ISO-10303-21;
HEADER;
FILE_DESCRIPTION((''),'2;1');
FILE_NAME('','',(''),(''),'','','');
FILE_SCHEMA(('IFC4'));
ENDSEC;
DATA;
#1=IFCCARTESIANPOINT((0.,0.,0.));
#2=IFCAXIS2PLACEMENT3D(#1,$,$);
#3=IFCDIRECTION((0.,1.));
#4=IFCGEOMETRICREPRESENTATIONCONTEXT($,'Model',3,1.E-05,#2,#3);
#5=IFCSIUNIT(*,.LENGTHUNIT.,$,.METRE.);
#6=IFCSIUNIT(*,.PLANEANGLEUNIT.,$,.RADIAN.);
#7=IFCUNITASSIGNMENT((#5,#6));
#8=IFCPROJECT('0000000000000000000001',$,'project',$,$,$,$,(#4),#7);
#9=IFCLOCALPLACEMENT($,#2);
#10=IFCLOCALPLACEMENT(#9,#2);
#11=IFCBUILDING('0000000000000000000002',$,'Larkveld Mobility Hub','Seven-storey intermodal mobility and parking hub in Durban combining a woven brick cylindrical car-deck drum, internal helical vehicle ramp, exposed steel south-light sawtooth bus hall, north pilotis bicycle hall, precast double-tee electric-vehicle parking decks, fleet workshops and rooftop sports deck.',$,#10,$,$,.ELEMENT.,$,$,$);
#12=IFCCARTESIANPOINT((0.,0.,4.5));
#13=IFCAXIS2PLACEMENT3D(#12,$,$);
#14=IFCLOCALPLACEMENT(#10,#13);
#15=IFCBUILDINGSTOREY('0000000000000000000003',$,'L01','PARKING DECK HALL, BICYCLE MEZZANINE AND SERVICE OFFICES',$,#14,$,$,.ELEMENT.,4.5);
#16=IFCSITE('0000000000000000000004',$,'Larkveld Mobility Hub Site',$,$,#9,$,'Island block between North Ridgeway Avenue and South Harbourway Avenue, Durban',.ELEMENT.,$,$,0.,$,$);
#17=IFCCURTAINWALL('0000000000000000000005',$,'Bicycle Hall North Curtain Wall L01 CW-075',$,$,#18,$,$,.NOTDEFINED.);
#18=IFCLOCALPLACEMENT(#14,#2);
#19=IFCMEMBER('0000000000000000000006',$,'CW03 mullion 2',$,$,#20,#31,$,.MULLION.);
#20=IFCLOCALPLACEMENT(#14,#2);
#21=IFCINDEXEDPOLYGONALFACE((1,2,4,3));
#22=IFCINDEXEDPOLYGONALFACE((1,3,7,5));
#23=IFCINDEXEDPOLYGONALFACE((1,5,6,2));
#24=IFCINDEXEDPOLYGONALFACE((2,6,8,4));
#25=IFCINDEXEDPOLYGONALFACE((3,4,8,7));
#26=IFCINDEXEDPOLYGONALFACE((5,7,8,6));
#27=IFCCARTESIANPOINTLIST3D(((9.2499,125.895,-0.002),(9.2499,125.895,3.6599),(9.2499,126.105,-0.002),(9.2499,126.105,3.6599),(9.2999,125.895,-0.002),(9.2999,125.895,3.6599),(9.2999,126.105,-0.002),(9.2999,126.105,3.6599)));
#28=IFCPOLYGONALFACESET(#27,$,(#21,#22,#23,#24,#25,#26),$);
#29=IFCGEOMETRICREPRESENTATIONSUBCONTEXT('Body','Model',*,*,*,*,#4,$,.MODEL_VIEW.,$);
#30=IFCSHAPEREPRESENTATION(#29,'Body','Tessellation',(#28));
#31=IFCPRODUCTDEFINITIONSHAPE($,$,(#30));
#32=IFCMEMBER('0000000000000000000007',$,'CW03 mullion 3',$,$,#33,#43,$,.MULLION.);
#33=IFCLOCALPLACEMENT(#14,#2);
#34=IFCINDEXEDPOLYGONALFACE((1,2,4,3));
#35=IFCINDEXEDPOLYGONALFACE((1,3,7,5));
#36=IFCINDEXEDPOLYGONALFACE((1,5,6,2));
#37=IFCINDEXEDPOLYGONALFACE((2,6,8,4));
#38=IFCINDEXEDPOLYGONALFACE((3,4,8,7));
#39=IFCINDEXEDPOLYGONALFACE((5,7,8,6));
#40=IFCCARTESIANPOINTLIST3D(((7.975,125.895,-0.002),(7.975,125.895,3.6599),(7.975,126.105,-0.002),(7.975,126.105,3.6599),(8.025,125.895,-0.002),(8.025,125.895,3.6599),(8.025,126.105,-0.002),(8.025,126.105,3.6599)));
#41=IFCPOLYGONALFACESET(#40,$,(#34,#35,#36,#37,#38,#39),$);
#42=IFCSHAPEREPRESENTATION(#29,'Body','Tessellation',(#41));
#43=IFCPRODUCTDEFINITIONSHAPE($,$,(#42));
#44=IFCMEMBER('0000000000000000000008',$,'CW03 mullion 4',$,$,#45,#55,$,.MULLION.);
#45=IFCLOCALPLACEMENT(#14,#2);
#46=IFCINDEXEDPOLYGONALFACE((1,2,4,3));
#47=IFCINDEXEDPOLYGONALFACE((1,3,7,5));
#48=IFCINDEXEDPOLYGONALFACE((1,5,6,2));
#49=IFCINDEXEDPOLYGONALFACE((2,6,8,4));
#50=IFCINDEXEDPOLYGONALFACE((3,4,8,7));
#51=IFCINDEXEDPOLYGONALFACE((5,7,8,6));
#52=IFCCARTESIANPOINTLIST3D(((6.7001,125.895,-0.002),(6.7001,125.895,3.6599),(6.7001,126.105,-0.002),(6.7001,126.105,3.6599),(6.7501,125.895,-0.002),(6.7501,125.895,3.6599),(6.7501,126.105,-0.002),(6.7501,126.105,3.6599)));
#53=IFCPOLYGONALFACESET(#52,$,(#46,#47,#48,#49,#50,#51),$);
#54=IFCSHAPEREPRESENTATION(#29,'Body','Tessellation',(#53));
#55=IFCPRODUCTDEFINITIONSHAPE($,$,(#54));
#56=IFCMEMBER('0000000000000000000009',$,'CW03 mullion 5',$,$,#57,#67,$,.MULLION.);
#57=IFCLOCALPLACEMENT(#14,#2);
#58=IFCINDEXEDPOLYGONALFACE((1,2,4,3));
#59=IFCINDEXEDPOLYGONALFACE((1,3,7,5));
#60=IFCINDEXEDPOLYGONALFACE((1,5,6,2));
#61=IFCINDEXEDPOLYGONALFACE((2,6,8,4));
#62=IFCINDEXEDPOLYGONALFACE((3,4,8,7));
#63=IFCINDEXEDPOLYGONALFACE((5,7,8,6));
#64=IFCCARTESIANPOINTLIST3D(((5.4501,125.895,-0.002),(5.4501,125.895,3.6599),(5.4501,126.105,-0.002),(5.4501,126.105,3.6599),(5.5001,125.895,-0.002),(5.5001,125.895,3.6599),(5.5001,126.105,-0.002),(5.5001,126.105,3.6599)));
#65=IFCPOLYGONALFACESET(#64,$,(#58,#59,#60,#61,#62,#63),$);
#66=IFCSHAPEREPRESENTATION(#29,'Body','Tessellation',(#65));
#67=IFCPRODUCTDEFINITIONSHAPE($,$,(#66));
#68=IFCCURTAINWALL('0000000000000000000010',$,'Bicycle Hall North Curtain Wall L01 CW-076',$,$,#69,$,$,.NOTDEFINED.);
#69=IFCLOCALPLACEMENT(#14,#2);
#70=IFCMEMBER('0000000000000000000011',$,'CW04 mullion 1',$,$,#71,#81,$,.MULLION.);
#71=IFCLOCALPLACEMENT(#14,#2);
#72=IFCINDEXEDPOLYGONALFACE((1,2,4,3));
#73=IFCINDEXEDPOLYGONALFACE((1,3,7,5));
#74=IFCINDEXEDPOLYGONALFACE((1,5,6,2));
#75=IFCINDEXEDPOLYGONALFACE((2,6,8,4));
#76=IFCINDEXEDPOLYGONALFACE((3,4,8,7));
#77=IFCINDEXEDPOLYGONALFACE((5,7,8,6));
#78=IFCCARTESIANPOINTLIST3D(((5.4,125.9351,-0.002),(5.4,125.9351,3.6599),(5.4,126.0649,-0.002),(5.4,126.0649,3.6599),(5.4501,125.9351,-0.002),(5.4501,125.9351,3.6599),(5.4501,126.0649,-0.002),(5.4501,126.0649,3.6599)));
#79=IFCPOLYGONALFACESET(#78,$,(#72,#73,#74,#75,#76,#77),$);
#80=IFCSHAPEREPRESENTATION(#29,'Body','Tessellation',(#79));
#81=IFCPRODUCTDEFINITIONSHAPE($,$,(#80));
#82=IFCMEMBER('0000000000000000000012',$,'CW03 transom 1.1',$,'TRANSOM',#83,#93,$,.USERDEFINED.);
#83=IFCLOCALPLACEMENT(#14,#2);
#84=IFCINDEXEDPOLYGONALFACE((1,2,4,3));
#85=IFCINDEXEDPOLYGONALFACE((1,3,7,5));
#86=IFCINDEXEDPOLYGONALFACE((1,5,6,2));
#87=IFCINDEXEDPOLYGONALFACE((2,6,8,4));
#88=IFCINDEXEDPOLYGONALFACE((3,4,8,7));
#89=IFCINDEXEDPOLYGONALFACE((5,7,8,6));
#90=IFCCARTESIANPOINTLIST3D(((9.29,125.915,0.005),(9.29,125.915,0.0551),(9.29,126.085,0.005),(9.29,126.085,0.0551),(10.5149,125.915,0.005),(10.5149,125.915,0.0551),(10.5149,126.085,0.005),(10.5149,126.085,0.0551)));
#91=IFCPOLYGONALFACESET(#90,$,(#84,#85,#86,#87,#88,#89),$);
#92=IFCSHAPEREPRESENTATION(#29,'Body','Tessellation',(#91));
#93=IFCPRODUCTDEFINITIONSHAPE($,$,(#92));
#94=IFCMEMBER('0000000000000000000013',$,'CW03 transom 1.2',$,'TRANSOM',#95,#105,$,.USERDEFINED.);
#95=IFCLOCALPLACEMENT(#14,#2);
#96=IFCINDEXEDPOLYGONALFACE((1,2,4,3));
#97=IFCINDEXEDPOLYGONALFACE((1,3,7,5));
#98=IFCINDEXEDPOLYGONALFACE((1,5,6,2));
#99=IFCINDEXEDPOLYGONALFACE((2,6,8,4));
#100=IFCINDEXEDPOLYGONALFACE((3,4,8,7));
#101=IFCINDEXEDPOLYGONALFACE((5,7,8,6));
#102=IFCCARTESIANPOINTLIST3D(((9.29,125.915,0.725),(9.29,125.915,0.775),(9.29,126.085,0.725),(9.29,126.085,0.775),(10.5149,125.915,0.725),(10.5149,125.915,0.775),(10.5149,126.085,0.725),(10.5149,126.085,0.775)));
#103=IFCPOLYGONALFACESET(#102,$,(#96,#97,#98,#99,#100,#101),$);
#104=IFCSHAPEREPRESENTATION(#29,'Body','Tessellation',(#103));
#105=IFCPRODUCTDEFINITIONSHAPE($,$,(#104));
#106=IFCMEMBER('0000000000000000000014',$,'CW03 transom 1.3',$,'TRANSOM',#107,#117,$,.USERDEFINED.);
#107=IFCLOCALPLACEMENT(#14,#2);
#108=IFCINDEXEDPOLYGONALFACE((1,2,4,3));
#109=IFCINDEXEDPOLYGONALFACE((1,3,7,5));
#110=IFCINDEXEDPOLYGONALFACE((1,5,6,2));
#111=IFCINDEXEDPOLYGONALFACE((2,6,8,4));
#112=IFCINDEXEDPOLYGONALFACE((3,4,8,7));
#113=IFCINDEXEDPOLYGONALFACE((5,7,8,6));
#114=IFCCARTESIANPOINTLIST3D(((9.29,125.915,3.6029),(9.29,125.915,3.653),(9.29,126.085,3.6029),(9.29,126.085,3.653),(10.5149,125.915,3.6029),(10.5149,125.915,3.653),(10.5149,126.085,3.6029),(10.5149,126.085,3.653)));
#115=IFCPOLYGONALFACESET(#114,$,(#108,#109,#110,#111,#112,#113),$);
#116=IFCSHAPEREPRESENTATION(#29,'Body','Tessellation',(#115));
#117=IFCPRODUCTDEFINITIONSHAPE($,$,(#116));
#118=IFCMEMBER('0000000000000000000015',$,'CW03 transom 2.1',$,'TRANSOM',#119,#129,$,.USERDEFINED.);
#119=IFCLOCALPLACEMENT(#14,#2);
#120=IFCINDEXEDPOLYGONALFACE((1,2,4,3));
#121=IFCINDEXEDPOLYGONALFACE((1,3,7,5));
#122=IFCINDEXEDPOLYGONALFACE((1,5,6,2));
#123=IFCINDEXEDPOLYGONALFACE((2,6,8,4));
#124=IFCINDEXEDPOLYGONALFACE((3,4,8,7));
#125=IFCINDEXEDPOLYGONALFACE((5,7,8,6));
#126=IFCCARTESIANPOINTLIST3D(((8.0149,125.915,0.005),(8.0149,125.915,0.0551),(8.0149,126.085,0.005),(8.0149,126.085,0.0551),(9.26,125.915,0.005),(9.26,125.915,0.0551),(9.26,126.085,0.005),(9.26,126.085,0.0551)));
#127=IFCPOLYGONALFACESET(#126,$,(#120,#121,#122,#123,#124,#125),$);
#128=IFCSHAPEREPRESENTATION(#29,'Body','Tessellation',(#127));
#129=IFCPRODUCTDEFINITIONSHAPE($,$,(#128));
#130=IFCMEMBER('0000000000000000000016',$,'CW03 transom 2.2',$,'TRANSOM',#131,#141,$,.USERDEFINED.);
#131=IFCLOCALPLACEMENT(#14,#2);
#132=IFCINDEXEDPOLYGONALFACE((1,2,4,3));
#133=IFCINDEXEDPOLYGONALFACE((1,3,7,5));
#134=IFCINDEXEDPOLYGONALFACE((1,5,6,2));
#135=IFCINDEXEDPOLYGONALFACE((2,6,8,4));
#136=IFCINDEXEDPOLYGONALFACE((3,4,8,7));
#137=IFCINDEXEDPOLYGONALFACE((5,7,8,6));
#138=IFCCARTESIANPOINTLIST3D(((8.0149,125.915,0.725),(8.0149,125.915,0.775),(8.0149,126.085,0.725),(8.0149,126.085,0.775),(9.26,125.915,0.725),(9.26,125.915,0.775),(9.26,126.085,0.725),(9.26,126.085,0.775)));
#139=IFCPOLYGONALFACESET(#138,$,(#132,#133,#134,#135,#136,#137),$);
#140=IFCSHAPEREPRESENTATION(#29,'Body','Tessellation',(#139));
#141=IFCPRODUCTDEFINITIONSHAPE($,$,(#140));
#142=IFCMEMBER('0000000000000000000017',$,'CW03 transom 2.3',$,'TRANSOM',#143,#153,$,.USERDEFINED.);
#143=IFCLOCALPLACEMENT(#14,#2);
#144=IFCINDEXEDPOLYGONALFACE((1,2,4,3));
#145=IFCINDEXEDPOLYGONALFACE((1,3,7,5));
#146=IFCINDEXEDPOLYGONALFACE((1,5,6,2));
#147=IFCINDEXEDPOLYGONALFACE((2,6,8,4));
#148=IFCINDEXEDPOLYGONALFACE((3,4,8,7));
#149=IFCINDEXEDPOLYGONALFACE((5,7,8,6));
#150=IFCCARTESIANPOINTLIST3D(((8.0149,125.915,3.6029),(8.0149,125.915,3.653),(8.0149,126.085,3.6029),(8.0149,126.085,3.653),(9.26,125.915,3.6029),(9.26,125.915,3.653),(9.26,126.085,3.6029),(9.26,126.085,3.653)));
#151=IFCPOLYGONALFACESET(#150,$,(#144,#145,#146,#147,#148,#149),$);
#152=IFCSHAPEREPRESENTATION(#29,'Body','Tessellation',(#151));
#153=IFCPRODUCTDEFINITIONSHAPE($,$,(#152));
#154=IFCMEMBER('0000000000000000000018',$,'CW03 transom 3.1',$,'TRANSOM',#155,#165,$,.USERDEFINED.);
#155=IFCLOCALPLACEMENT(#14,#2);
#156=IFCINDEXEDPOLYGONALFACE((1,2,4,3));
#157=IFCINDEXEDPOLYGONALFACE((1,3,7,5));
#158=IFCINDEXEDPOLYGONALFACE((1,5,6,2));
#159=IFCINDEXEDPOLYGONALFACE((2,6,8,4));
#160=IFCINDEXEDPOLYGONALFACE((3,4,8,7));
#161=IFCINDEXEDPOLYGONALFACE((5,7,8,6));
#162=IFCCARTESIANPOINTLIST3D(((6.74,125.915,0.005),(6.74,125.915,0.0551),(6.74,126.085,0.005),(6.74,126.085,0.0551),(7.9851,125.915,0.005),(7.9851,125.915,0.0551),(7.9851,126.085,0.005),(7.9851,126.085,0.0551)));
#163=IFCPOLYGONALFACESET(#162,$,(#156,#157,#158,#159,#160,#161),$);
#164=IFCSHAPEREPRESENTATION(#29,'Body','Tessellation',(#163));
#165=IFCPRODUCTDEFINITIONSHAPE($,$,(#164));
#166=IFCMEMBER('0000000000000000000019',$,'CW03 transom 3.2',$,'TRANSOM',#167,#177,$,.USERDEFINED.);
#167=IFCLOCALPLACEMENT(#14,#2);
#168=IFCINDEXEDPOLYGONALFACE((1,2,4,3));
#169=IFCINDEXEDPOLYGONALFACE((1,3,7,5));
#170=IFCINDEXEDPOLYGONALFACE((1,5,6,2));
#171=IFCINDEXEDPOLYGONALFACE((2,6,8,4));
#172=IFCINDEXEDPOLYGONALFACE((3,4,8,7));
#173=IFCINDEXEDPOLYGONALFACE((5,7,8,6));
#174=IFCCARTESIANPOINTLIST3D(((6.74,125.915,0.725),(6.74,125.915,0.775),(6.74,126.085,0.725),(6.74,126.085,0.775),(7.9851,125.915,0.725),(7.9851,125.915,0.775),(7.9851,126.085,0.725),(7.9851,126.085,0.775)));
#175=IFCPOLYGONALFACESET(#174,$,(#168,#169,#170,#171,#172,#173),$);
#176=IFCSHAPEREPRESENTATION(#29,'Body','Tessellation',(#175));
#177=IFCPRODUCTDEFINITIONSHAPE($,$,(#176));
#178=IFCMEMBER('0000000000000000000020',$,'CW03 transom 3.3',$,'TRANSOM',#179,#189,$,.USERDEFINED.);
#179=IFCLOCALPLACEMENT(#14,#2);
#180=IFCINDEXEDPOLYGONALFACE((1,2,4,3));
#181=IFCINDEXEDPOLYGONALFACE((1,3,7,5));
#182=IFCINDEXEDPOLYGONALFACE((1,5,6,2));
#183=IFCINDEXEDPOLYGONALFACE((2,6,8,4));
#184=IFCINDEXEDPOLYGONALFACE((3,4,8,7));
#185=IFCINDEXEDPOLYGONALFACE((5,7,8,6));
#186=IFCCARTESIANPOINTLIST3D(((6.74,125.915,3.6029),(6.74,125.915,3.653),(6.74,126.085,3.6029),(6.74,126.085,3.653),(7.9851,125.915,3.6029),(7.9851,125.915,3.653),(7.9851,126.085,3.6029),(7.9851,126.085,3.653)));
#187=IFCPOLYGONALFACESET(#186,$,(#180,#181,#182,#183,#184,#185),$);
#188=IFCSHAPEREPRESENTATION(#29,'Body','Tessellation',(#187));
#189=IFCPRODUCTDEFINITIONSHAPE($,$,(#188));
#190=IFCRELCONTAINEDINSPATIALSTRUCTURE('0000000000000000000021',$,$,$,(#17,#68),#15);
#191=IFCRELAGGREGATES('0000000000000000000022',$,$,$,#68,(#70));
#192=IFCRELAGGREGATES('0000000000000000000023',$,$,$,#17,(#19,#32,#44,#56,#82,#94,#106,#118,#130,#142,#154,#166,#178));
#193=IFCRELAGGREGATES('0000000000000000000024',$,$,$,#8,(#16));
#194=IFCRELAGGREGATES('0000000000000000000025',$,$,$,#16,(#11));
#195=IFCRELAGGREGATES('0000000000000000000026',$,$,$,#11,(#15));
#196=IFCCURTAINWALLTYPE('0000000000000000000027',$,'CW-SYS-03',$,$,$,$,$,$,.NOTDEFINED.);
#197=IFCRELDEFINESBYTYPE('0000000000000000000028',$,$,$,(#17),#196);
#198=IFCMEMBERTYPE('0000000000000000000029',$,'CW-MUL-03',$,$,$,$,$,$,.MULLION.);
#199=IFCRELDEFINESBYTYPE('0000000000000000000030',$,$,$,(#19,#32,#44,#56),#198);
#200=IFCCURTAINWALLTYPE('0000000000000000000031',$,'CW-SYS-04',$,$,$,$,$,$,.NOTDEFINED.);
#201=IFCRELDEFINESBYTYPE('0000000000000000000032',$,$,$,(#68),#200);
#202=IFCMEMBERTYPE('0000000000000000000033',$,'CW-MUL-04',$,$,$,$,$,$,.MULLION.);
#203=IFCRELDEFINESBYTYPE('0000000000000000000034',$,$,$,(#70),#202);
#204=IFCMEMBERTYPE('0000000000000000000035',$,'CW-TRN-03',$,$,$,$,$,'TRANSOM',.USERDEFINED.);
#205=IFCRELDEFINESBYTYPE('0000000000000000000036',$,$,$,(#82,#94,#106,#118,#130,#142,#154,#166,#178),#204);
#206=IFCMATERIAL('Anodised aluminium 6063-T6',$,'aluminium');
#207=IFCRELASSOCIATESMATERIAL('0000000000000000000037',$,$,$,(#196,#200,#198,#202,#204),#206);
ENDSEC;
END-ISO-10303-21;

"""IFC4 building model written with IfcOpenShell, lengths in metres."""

from ifc_helpers import new_model, si_unit, direction, frame, origin, origin_2d, place, context, subcontext, project, spatial, rectangle, extrude, material, material_profile, profile_set, type_object, element, aggregate, save


model = new_model("IFC4")

# Units and contexts
model_context = context("Model", 3, precision=1e-05, world=origin(), true_north=direction((0.0, 1.0)))
body_context = subcontext(model_context, "Body", "Model", "MODEL_VIEW")
ifc_project = project(units=[si_unit("LENGTHUNIT", "METRE"), si_unit("PLANEANGLEUNIT", "RADIAN")], contexts=[model_context])

# Site, building, storey
site_placement = place(None, origin())
site = spatial("IfcSite", under=ifc_project, at=site_placement, Name="Larkveld Mobility Hub Site", LongName="Island block between North Ridgeway Avenue and South Harbourway Avenue, Durban", CompositionType="ELEMENT", RefElevation=0.0)
building_placement = place(site_placement, origin())
building = spatial("IfcBuilding", under=site, at=building_placement, Name="Larkveld Mobility Hub", Description="Seven-storey intermodal mobility and parking hub in Durban combining a woven brick cylindrical car-deck drum, internal helical vehicle ramp, exposed steel south-light sawtooth bus hall, north pilotis bicycle hall, precast double-tee electric-vehicle parking decks, fleet workshops and rooftop sports deck.", CompositionType="ELEMENT")
storey_placement = place(building_placement, frame((0.0, 0.0, 4.5)))
storey = spatial("IfcBuildingStorey", under=building, at=storey_placement, Name="L01", Description="PARKING DECK HALL, BICYCLE MEZZANINE AND SERVICE OFFICES", CompositionType="ELEMENT", Elevation=4.5)

# Curtain wall, members
ifc_material_1 = material(Name="Anodised aluminium 6063-T6", Category="aluminium")
curtain_wall_type_1 = type_object("IfcCurtainWallType", Name="CW-SYS-03", PredefinedType="NOTDEFINED", material=ifc_material_1)
curtain_wall_1_placement = place(storey_placement, origin())
curtain_wall_1 = element("IfcCurtainWall", 1, at=curtain_wall_1_placement, inside=storey, type_object=curtain_wall_type_1, Name="Bicycle Hall North Curtain Wall L01 CW-075", PredefinedType="NOTDEFINED")
ifc_material_profile_1 = material_profile(ifc_material_1, rectangle(XDim=0.05, YDim=0.21, at=origin_2d()), Name="ALU MULL 50x210")
ifc_profile_set_1 = profile_set([ifc_material_profile_1], Name="Anodised aluminium 6063-T6")
member_type_1 = type_object("IfcMemberType", Name="CW-MUL-03", PredefinedType="MULLION", material=ifc_profile_set_1)
member_1_placement = place(storey_placement, frame((9.2749, 126.0, -0.002), z_axis=(0.0, 0.0, 1.0), x_axis=(-1.0, 0.0, 0.0)))
member_1 = element("IfcMember", 2, at=member_1_placement, type_object=member_type_1, Name="CW03 mullion 2", PredefinedType="MULLION", context=body_context, shape_type="SweptSolid", body=[
    extrude(rectangle(XDim=0.05, YDim=0.21, at=origin_2d()), origin(), (0.0, 0.0, 1.0), 3.6619),
])
member_2_placement = place(storey_placement, frame((8.0, 126.0, -0.002), z_axis=(0.0, 0.0, 1.0), x_axis=(-1.0, 0.0, 0.0)))
member_2 = element("IfcMember", 3, at=member_2_placement, type_object=member_type_1, Name="CW03 mullion 3", PredefinedType="MULLION", context=body_context, shape_type="SweptSolid", body=[
    extrude(rectangle(XDim=0.05, YDim=0.21, at=origin_2d()), origin(), (0.0, 0.0, 1.0), 3.6619),
])
member_3_placement = place(storey_placement, frame((6.7251, 126.0, -0.002), z_axis=(0.0, 0.0, 1.0), x_axis=(-1.0, 0.0, 0.0)))
member_3 = element("IfcMember", 4, at=member_3_placement, type_object=member_type_1, Name="CW03 mullion 4", PredefinedType="MULLION", context=body_context, shape_type="SweptSolid", body=[
    extrude(rectangle(XDim=0.05, YDim=0.21, at=origin_2d()), origin(), (0.0, 0.0, 1.0), 3.6619),
])
member_4_placement = place(storey_placement, frame((5.4751, 126.0, -0.002), z_axis=(0.0, 0.0, 1.0), x_axis=(-1.0, 0.0, 0.0)))
member_4 = element("IfcMember", 5, at=member_4_placement, type_object=member_type_1, Name="CW03 mullion 5", PredefinedType="MULLION", context=body_context, shape_type="SweptSolid", body=[
    extrude(rectangle(XDim=0.05, YDim=0.21, at=origin_2d()), origin(), (0.0, 0.0, 1.0), 3.6619),
])

# Curtain wall, member
curtain_wall_type_2 = type_object("IfcCurtainWallType", Name="CW-SYS-04", PredefinedType="NOTDEFINED", material=ifc_material_1)
curtain_wall_2_placement = place(storey_placement, origin())
curtain_wall_2 = element("IfcCurtainWall", 6, at=curtain_wall_2_placement, inside=storey, type_object=curtain_wall_type_2, Name="Bicycle Hall North Curtain Wall L01 CW-076", PredefinedType="NOTDEFINED")
ifc_material_profile_2 = material_profile(ifc_material_1, rectangle(XDim=0.05, YDim=0.1299, at=origin_2d()), Name="ALU MULL 50x130")
ifc_profile_set_2 = profile_set([ifc_material_profile_2], Name="Anodised aluminium 6063-T6")
member_type_2 = type_object("IfcMemberType", Name="CW-MUL-04", PredefinedType="MULLION", material=ifc_profile_set_2)
member_5_placement = place(storey_placement, frame((5.425, 126.0, -0.002), z_axis=(0.0, 0.0, 1.0), x_axis=(-1.0, 0.0, 0.0)))
member_5 = element("IfcMember", 7, at=member_5_placement, type_object=member_type_2, Name="CW04 mullion 1", PredefinedType="MULLION", context=body_context, shape_type="SweptSolid", body=[
    extrude(rectangle(XDim=0.05, YDim=0.1299, at=origin_2d()), origin(), (0.0, 0.0, 1.0), 3.6619),
])

# Members
ifc_material_profile_3 = material_profile(ifc_material_1, rectangle(XDim=0.1699, YDim=0.05, at=origin_2d()), Name="ALU TRAN 50x170")
ifc_profile_set_3 = profile_set([ifc_material_profile_3], Name="Anodised aluminium 6063-T6")
member_type_3 = type_object("IfcMemberType", Name="CW-TRN-03", ElementType="TRANSOM", PredefinedType="USERDEFINED", material=ifc_profile_set_3)
member_6_placement = place(storey_placement, frame((10.5149, 126.0, 0.03), z_axis=(-1.0, 0.0, 0.0), x_axis=(0.0, -1.0, 0.0)))
member_6 = element("IfcMember", 8, at=member_6_placement, type_object=member_type_3, Name="CW03 transom 1.1", ObjectType="TRANSOM", PredefinedType="USERDEFINED", context=body_context, shape_type="SweptSolid", body=[
    extrude(rectangle(XDim=0.1699, YDim=0.05, at=origin_2d()), origin(), (0.0, 0.0, 1.0), 1.2249),
])
member_7_placement = place(storey_placement, frame((10.5149, 126.0, 0.75), z_axis=(-1.0, 0.0, 0.0), x_axis=(0.0, -1.0, 0.0)))
member_7 = element("IfcMember", 9, at=member_7_placement, type_object=member_type_3, Name="CW03 transom 1.2", ObjectType="TRANSOM", PredefinedType="USERDEFINED", context=body_context, shape_type="SweptSolid", body=[
    extrude(rectangle(XDim=0.1699, YDim=0.05, at=origin_2d()), origin(), (0.0, 0.0, 1.0), 1.2249),
])
member_8_placement = place(storey_placement, frame((10.5149, 126.0, 3.6279), z_axis=(-1.0, 0.0, 0.0), x_axis=(0.0, -1.0, 0.0)))
member_8 = element("IfcMember", 10, at=member_8_placement, type_object=member_type_3, Name="CW03 transom 1.3", ObjectType="TRANSOM", PredefinedType="USERDEFINED", context=body_context, shape_type="SweptSolid", body=[
    extrude(rectangle(XDim=0.1699, YDim=0.05, at=origin_2d()), origin(), (0.0, 0.0, 1.0), 1.2249),
])
member_9_placement = place(storey_placement, frame((9.26, 126.0, 0.03), z_axis=(-1.0, 0.0, 0.0), x_axis=(0.0, -1.0, 0.0)))
member_9 = element("IfcMember", 11, at=member_9_placement, type_object=member_type_3, Name="CW03 transom 2.1", ObjectType="TRANSOM", PredefinedType="USERDEFINED", context=body_context, shape_type="SweptSolid", body=[
    extrude(rectangle(XDim=0.1699, YDim=0.05, at=origin_2d()), origin(), (0.0, 0.0, 1.0), 1.2451),
])
member_10_placement = place(storey_placement, frame((9.26, 126.0, 0.75), z_axis=(-1.0, 0.0, 0.0), x_axis=(0.0, -1.0, 0.0)))
member_10 = element("IfcMember", 12, at=member_10_placement, type_object=member_type_3, Name="CW03 transom 2.2", ObjectType="TRANSOM", PredefinedType="USERDEFINED", context=body_context, shape_type="SweptSolid", body=[
    extrude(rectangle(XDim=0.1699, YDim=0.05, at=origin_2d()), origin(), (0.0, 0.0, 1.0), 1.2451),
])
member_11_placement = place(storey_placement, frame((9.26, 126.0, 3.6279), z_axis=(-1.0, 0.0, 0.0), x_axis=(0.0, -1.0, 0.0)))
member_11 = element("IfcMember", 13, at=member_11_placement, type_object=member_type_3, Name="CW03 transom 2.3", ObjectType="TRANSOM", PredefinedType="USERDEFINED", context=body_context, shape_type="SweptSolid", body=[
    extrude(rectangle(XDim=0.1699, YDim=0.05, at=origin_2d()), origin(), (0.0, 0.0, 1.0), 1.2451),
])
member_12_placement = place(storey_placement, frame((7.9851, 126.0, 0.03), z_axis=(-1.0, 0.0, 0.0), x_axis=(0.0, -1.0, 0.0)))
member_12 = element("IfcMember", 14, at=member_12_placement, type_object=member_type_3, Name="CW03 transom 3.1", ObjectType="TRANSOM", PredefinedType="USERDEFINED", context=body_context, shape_type="SweptSolid", body=[
    extrude(rectangle(XDim=0.1699, YDim=0.05, at=origin_2d()), origin(), (0.0, 0.0, 1.0), 1.2451),
])
member_13_placement = place(storey_placement, frame((7.9851, 126.0, 0.75), z_axis=(-1.0, 0.0, 0.0), x_axis=(0.0, -1.0, 0.0)))
member_13 = element("IfcMember", 15, at=member_13_placement, type_object=member_type_3, Name="CW03 transom 3.2", ObjectType="TRANSOM", PredefinedType="USERDEFINED", context=body_context, shape_type="SweptSolid", body=[
    extrude(rectangle(XDim=0.1699, YDim=0.05, at=origin_2d()), origin(), (0.0, 0.0, 1.0), 1.2451),
])
member_14_placement = place(storey_placement, frame((7.9851, 126.0, 3.6279), z_axis=(-1.0, 0.0, 0.0), x_axis=(0.0, -1.0, 0.0)))
member_14 = element("IfcMember", 16, at=member_14_placement, type_object=member_type_3, Name="CW03 transom 3.3", ObjectType="TRANSOM", PredefinedType="USERDEFINED", context=body_context, shape_type="SweptSolid", body=[
    extrude(rectangle(XDim=0.1699, YDim=0.05, at=origin_2d()), origin(), (0.0, 0.0, 1.0), 1.2451),
])

aggregate(curtain_wall_2, [member_5])
aggregate(curtain_wall_1, [member_1, member_2, member_3, member_4, member_6, member_7, member_8, member_9, member_10, member_11, member_12, member_13, member_14])

save(model, "model.ifc")
